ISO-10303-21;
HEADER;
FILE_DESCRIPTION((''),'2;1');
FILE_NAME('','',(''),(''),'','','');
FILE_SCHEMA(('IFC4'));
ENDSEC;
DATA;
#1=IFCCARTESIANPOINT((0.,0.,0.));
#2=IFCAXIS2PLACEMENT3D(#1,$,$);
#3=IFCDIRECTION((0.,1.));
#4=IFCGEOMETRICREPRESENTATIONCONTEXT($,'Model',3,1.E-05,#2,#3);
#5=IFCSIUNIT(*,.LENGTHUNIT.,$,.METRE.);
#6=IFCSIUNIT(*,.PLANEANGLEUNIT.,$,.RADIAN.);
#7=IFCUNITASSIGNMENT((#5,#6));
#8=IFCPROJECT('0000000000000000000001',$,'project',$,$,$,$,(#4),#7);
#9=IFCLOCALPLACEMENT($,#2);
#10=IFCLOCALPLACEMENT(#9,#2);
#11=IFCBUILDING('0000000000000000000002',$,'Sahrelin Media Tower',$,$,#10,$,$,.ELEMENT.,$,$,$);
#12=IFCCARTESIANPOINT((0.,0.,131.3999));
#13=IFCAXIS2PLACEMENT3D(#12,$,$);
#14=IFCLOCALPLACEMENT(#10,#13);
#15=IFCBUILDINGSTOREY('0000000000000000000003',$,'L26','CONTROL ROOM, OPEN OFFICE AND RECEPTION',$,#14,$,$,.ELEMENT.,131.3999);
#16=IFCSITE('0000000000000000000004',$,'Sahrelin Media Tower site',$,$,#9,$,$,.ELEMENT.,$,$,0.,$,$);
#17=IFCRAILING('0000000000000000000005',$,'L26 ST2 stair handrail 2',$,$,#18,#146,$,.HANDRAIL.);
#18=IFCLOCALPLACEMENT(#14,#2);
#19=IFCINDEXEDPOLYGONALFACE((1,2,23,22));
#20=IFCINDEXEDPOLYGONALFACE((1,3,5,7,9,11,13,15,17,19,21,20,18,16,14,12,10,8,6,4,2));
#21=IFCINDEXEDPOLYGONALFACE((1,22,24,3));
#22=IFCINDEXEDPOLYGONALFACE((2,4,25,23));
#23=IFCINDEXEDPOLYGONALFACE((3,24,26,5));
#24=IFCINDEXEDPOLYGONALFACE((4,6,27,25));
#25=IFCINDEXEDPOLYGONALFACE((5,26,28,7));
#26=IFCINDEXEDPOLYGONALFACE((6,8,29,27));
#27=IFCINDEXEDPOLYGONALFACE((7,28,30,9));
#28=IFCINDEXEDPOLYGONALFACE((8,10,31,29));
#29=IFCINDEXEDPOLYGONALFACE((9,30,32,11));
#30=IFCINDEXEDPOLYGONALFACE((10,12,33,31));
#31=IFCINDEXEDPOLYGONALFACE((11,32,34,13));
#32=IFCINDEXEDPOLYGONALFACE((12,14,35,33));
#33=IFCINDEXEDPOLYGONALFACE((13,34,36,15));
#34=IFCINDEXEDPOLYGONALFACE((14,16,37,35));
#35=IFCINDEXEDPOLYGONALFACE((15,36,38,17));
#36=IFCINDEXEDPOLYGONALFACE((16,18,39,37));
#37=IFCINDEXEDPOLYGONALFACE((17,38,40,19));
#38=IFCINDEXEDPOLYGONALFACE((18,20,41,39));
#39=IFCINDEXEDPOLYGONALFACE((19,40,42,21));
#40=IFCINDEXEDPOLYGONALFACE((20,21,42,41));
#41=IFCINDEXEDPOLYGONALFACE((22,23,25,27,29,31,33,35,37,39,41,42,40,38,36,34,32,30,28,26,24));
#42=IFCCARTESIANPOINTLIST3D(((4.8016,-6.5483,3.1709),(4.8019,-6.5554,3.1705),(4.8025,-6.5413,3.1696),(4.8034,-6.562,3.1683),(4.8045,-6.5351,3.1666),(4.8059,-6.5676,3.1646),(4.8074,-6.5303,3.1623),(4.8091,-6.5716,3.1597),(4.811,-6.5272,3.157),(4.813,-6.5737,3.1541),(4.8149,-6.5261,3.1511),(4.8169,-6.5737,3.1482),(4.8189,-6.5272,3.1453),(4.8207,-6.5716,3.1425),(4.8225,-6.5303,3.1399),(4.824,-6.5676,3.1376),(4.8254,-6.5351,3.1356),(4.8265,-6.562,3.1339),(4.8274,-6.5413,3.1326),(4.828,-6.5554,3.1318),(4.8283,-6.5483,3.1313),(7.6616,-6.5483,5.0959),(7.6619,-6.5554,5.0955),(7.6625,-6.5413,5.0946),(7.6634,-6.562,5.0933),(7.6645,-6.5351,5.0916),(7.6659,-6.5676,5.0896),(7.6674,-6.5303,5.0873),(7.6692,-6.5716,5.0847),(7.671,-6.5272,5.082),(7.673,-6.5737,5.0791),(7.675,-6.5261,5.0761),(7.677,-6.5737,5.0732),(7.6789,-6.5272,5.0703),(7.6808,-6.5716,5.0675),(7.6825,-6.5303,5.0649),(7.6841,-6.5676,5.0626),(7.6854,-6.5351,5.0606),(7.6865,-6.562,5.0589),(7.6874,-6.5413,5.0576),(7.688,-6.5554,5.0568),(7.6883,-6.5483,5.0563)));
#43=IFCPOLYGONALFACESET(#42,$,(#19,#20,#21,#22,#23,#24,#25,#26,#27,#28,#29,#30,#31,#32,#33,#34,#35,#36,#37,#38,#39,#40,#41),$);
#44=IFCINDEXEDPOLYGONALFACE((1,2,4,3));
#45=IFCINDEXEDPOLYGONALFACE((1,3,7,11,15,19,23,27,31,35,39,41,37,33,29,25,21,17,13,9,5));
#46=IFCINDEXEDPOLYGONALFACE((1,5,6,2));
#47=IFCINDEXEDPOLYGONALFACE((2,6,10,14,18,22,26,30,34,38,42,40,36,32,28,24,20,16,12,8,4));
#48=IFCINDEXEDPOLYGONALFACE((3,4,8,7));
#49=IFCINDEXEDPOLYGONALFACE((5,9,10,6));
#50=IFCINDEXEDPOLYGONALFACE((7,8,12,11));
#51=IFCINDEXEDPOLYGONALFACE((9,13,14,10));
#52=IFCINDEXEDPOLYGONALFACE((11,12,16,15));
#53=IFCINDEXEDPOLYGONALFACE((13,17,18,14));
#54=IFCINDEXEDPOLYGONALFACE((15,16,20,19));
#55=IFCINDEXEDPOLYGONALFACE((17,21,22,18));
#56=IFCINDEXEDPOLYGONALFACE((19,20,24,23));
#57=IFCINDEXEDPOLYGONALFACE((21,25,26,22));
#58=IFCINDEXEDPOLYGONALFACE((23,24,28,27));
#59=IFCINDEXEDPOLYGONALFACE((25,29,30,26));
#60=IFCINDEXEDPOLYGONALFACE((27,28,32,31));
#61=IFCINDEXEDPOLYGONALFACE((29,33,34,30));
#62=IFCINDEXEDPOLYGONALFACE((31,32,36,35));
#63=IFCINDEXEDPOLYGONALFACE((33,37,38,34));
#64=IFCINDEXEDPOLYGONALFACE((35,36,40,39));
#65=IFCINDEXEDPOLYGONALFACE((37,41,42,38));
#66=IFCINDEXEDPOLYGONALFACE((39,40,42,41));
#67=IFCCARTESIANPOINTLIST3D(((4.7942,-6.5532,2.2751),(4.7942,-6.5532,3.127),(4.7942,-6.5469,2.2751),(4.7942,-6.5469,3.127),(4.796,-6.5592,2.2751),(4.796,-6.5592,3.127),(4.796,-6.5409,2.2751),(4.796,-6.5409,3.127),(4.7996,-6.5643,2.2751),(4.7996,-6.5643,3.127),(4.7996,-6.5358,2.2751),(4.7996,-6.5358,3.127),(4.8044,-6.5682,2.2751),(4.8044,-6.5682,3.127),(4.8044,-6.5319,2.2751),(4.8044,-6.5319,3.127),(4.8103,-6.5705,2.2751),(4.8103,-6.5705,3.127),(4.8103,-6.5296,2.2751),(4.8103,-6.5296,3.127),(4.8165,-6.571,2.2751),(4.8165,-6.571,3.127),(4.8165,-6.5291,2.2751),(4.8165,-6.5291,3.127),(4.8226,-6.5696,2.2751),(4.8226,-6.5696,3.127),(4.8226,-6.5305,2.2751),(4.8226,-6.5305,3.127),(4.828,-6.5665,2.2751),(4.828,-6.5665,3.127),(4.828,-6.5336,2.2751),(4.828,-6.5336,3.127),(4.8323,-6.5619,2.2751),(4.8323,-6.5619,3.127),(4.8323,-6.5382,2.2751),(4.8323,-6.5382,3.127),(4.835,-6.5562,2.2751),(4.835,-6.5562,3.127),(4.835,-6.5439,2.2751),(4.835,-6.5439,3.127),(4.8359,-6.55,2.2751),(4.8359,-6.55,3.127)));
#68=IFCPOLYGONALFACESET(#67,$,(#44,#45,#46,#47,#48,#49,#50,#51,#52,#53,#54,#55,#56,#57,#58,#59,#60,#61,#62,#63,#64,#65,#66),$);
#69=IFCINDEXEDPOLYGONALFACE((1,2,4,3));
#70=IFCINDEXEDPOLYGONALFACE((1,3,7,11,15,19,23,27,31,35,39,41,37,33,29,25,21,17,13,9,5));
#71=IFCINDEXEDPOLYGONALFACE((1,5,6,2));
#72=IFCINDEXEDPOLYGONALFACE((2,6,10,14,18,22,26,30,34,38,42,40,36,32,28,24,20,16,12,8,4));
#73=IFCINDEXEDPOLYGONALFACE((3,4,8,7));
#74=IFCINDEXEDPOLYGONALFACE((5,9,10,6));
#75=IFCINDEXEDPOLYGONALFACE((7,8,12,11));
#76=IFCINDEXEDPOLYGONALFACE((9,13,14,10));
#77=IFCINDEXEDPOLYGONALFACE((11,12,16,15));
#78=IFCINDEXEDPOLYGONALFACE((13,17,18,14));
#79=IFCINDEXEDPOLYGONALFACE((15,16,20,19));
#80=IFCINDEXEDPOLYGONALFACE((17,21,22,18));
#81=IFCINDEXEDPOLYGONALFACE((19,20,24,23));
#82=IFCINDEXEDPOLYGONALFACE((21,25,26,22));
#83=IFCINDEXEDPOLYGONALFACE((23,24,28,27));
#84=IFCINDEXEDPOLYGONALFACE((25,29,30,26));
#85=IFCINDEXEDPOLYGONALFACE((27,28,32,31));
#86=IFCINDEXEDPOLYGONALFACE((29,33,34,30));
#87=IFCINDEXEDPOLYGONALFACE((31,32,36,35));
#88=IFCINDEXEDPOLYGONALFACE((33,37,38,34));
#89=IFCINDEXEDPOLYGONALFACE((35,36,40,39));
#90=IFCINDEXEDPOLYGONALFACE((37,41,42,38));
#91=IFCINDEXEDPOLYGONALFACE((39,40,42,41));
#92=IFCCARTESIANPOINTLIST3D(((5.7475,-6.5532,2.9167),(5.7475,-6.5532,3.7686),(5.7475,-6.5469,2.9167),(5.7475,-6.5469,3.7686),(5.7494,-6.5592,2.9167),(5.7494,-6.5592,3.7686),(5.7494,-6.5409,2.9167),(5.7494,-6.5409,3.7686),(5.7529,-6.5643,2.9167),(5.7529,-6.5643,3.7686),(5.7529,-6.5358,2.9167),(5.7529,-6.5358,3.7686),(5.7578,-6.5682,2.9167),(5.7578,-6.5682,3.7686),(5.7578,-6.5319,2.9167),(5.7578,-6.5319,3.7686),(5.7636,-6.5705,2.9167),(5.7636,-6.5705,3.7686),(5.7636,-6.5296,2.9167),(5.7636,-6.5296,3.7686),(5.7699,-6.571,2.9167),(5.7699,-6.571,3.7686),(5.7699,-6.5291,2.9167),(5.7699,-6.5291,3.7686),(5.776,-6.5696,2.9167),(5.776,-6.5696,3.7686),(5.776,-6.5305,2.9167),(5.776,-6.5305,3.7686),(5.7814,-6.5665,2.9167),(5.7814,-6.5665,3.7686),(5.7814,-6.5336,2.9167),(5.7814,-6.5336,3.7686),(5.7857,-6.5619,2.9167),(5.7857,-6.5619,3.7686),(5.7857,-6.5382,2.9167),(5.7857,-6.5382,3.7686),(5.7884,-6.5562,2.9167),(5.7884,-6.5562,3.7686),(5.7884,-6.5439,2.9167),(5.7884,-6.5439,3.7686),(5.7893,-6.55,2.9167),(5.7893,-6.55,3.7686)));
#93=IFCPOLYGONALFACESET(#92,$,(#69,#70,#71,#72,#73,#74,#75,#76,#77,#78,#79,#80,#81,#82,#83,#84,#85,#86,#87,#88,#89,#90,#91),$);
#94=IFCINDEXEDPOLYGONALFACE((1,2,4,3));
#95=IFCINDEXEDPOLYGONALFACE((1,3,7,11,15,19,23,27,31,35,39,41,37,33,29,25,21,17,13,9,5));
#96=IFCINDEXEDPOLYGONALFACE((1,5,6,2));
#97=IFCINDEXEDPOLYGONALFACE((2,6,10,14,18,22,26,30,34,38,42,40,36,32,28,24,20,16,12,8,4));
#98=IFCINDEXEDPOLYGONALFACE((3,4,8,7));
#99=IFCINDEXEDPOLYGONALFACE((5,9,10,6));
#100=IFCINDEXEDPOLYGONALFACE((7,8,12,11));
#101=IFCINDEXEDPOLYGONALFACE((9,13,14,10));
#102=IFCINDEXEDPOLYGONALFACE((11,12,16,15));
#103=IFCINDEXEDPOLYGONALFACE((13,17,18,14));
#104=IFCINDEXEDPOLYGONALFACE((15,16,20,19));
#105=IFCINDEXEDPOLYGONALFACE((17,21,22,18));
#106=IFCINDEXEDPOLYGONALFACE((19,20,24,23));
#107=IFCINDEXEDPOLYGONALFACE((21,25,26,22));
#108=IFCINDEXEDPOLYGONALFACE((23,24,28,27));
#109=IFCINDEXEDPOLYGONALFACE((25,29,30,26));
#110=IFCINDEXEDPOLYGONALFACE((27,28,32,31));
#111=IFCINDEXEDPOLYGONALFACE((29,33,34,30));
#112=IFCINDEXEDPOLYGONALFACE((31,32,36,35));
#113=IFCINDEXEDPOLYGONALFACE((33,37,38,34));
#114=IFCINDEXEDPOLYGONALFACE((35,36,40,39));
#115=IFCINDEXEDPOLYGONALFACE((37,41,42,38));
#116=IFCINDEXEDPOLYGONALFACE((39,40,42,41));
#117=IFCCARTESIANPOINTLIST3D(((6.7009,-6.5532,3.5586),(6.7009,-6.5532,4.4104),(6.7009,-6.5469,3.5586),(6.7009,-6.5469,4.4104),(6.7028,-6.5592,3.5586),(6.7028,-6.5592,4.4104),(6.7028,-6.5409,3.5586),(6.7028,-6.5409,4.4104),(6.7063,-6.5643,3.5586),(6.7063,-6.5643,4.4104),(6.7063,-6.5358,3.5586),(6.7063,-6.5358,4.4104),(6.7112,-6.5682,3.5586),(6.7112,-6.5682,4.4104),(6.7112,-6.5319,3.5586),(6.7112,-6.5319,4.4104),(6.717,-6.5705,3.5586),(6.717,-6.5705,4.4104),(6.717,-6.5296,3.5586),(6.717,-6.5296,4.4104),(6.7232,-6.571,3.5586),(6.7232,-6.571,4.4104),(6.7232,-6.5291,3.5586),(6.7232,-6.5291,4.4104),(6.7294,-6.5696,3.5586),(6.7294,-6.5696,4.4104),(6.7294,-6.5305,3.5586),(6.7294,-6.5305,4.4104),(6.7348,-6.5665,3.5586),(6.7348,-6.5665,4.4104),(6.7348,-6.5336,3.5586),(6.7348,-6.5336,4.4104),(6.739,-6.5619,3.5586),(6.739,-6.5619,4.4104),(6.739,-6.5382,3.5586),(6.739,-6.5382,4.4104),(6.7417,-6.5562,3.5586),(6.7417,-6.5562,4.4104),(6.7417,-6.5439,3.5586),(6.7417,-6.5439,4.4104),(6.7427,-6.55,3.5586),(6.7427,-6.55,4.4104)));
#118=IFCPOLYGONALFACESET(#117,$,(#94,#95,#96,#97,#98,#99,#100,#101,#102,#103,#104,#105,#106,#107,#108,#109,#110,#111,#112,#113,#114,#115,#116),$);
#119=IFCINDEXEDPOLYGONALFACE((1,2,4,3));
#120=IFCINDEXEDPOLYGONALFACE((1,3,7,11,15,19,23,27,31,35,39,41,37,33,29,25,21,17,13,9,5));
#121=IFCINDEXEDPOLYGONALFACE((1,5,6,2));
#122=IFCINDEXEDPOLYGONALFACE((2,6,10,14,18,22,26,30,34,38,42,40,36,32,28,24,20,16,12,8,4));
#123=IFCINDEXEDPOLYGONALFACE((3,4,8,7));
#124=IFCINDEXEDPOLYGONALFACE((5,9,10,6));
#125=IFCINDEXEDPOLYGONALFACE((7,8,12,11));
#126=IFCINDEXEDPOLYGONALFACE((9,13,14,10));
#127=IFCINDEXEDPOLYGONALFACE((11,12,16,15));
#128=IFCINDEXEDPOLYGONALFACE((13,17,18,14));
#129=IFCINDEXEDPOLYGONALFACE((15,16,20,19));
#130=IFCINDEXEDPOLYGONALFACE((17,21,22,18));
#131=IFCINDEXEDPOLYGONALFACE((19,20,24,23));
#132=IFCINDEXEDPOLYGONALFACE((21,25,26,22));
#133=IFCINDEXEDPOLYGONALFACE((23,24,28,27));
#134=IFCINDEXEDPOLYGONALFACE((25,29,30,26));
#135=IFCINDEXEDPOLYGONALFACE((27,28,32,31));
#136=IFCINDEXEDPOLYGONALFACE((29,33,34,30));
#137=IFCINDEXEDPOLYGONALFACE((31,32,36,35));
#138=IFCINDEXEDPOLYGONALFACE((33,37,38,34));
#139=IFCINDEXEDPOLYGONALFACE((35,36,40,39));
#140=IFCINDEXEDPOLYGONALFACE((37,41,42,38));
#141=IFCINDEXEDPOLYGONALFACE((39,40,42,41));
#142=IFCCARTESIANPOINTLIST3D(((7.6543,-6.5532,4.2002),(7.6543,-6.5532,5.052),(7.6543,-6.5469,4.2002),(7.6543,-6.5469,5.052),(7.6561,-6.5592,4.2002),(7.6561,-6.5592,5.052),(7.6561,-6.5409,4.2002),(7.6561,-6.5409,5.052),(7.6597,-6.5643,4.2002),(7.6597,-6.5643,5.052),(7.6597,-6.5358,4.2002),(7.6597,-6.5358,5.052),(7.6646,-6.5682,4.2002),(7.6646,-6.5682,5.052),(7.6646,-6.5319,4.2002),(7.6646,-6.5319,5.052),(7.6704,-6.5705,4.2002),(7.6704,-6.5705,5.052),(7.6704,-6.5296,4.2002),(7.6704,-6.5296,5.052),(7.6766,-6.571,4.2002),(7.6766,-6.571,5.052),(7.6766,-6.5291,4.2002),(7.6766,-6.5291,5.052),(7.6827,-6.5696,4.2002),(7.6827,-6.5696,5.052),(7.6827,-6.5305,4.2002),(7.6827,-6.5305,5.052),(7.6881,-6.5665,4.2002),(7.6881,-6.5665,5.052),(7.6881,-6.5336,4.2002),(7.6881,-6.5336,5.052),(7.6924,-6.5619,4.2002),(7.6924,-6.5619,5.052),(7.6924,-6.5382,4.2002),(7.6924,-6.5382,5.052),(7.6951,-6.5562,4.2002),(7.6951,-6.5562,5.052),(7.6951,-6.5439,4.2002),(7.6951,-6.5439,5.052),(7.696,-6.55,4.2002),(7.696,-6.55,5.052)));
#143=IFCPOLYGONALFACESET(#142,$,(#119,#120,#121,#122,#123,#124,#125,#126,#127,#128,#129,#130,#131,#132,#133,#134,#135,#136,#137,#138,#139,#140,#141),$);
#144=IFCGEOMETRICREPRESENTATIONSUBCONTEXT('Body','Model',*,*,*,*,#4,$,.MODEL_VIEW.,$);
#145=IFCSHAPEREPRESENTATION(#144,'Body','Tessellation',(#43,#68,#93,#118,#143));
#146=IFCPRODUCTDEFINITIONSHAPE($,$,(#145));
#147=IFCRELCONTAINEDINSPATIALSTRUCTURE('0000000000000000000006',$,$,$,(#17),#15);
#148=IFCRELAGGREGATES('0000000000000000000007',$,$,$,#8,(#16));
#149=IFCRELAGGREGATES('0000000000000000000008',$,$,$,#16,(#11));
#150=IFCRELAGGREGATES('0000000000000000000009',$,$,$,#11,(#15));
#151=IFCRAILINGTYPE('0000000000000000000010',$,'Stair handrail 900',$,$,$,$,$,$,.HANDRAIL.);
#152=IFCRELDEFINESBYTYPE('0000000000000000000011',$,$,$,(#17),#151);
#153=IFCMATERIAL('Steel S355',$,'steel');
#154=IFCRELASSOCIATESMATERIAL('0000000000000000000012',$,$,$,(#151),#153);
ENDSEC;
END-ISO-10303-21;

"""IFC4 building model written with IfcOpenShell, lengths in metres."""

from ifc_helpers import new_model, si_unit, direction, frame, origin, origin_2d, place, context, subcontext, project, spatial, circle, extrude, material, type_object, element, save


model = new_model("IFC4")

# Units and contexts
model_context = context("Model", 3, precision=1e-05, world=origin(), true_north=direction((0.0, 1.0)))
body_context = subcontext(model_context, "Body", "Model", "MODEL_VIEW")
ifc_project = project(units=[si_unit("LENGTHUNIT", "METRE"), si_unit("PLANEANGLEUNIT", "RADIAN")], contexts=[model_context])

# Site, building, storey
site_placement = place(None, origin())
site = spatial("IfcSite", under=ifc_project, at=site_placement, Name="Sahrelin Media Tower site", CompositionType="ELEMENT", RefElevation=0.0)
building_placement = place(site_placement, origin())
building = spatial("IfcBuilding", under=site, at=building_placement, Name="Sahrelin Media Tower", CompositionType="ELEMENT")
storey_placement = place(building_placement, frame((0.0, 0.0, 131.3999)))
storey = spatial("IfcBuildingStorey", under=building, at=storey_placement, Name="L26", Description="CONTROL ROOM, OPEN OFFICE AND RECEPTION", CompositionType="ELEMENT", Elevation=131.3999)

# Shared definitions
ifc_material_1 = material(Name="Steel S355", Category="steel")

# Railing
railing_type_1 = type_object("IfcRailingType", Name="Stair handrail 900", PredefinedType="HANDRAIL", material=ifc_material_1)
railing_1_placement = place(storey_placement, frame((4.8149, -6.55, 2.2751)))
element("IfcRailing", 1, at=railing_1_placement, inside=storey, type_object=railing_type_1, Name="L26 ST2 stair handrail 2", PredefinedType="HANDRAIL", context=body_context, shape_type="SweptSolid", body=[
    extrude(circle(Radius=0.0239, at=origin_2d()), frame((0.0, 0.0, 0.876), z_axis=(0.829591, 0.0, 0.558372), x_axis=(0.0, 1.0, 0.0)), (0.0, 0.0, 1.0), 3.4475),
    extrude(circle(Radius=0.021, at=origin_2d()), origin(), (0.0, 0.0, 1.0), 0.8518),
    extrude(circle(Radius=0.021, at=origin_2d()), frame((0.9534, 0.0, 0.6416)), (0.0, 0.0, 1.0), 0.8518),
    extrude(circle(Radius=0.021, at=origin_2d()), frame((1.9067, 0.0, 1.2834)), (0.0, 0.0, 1.0), 0.8518),
    extrude(circle(Radius=0.021, at=origin_2d()), frame((2.8601, 0.0, 1.925)), (0.0, 0.0, 1.0), 0.8518),
])

save(model, "model.ifc")
